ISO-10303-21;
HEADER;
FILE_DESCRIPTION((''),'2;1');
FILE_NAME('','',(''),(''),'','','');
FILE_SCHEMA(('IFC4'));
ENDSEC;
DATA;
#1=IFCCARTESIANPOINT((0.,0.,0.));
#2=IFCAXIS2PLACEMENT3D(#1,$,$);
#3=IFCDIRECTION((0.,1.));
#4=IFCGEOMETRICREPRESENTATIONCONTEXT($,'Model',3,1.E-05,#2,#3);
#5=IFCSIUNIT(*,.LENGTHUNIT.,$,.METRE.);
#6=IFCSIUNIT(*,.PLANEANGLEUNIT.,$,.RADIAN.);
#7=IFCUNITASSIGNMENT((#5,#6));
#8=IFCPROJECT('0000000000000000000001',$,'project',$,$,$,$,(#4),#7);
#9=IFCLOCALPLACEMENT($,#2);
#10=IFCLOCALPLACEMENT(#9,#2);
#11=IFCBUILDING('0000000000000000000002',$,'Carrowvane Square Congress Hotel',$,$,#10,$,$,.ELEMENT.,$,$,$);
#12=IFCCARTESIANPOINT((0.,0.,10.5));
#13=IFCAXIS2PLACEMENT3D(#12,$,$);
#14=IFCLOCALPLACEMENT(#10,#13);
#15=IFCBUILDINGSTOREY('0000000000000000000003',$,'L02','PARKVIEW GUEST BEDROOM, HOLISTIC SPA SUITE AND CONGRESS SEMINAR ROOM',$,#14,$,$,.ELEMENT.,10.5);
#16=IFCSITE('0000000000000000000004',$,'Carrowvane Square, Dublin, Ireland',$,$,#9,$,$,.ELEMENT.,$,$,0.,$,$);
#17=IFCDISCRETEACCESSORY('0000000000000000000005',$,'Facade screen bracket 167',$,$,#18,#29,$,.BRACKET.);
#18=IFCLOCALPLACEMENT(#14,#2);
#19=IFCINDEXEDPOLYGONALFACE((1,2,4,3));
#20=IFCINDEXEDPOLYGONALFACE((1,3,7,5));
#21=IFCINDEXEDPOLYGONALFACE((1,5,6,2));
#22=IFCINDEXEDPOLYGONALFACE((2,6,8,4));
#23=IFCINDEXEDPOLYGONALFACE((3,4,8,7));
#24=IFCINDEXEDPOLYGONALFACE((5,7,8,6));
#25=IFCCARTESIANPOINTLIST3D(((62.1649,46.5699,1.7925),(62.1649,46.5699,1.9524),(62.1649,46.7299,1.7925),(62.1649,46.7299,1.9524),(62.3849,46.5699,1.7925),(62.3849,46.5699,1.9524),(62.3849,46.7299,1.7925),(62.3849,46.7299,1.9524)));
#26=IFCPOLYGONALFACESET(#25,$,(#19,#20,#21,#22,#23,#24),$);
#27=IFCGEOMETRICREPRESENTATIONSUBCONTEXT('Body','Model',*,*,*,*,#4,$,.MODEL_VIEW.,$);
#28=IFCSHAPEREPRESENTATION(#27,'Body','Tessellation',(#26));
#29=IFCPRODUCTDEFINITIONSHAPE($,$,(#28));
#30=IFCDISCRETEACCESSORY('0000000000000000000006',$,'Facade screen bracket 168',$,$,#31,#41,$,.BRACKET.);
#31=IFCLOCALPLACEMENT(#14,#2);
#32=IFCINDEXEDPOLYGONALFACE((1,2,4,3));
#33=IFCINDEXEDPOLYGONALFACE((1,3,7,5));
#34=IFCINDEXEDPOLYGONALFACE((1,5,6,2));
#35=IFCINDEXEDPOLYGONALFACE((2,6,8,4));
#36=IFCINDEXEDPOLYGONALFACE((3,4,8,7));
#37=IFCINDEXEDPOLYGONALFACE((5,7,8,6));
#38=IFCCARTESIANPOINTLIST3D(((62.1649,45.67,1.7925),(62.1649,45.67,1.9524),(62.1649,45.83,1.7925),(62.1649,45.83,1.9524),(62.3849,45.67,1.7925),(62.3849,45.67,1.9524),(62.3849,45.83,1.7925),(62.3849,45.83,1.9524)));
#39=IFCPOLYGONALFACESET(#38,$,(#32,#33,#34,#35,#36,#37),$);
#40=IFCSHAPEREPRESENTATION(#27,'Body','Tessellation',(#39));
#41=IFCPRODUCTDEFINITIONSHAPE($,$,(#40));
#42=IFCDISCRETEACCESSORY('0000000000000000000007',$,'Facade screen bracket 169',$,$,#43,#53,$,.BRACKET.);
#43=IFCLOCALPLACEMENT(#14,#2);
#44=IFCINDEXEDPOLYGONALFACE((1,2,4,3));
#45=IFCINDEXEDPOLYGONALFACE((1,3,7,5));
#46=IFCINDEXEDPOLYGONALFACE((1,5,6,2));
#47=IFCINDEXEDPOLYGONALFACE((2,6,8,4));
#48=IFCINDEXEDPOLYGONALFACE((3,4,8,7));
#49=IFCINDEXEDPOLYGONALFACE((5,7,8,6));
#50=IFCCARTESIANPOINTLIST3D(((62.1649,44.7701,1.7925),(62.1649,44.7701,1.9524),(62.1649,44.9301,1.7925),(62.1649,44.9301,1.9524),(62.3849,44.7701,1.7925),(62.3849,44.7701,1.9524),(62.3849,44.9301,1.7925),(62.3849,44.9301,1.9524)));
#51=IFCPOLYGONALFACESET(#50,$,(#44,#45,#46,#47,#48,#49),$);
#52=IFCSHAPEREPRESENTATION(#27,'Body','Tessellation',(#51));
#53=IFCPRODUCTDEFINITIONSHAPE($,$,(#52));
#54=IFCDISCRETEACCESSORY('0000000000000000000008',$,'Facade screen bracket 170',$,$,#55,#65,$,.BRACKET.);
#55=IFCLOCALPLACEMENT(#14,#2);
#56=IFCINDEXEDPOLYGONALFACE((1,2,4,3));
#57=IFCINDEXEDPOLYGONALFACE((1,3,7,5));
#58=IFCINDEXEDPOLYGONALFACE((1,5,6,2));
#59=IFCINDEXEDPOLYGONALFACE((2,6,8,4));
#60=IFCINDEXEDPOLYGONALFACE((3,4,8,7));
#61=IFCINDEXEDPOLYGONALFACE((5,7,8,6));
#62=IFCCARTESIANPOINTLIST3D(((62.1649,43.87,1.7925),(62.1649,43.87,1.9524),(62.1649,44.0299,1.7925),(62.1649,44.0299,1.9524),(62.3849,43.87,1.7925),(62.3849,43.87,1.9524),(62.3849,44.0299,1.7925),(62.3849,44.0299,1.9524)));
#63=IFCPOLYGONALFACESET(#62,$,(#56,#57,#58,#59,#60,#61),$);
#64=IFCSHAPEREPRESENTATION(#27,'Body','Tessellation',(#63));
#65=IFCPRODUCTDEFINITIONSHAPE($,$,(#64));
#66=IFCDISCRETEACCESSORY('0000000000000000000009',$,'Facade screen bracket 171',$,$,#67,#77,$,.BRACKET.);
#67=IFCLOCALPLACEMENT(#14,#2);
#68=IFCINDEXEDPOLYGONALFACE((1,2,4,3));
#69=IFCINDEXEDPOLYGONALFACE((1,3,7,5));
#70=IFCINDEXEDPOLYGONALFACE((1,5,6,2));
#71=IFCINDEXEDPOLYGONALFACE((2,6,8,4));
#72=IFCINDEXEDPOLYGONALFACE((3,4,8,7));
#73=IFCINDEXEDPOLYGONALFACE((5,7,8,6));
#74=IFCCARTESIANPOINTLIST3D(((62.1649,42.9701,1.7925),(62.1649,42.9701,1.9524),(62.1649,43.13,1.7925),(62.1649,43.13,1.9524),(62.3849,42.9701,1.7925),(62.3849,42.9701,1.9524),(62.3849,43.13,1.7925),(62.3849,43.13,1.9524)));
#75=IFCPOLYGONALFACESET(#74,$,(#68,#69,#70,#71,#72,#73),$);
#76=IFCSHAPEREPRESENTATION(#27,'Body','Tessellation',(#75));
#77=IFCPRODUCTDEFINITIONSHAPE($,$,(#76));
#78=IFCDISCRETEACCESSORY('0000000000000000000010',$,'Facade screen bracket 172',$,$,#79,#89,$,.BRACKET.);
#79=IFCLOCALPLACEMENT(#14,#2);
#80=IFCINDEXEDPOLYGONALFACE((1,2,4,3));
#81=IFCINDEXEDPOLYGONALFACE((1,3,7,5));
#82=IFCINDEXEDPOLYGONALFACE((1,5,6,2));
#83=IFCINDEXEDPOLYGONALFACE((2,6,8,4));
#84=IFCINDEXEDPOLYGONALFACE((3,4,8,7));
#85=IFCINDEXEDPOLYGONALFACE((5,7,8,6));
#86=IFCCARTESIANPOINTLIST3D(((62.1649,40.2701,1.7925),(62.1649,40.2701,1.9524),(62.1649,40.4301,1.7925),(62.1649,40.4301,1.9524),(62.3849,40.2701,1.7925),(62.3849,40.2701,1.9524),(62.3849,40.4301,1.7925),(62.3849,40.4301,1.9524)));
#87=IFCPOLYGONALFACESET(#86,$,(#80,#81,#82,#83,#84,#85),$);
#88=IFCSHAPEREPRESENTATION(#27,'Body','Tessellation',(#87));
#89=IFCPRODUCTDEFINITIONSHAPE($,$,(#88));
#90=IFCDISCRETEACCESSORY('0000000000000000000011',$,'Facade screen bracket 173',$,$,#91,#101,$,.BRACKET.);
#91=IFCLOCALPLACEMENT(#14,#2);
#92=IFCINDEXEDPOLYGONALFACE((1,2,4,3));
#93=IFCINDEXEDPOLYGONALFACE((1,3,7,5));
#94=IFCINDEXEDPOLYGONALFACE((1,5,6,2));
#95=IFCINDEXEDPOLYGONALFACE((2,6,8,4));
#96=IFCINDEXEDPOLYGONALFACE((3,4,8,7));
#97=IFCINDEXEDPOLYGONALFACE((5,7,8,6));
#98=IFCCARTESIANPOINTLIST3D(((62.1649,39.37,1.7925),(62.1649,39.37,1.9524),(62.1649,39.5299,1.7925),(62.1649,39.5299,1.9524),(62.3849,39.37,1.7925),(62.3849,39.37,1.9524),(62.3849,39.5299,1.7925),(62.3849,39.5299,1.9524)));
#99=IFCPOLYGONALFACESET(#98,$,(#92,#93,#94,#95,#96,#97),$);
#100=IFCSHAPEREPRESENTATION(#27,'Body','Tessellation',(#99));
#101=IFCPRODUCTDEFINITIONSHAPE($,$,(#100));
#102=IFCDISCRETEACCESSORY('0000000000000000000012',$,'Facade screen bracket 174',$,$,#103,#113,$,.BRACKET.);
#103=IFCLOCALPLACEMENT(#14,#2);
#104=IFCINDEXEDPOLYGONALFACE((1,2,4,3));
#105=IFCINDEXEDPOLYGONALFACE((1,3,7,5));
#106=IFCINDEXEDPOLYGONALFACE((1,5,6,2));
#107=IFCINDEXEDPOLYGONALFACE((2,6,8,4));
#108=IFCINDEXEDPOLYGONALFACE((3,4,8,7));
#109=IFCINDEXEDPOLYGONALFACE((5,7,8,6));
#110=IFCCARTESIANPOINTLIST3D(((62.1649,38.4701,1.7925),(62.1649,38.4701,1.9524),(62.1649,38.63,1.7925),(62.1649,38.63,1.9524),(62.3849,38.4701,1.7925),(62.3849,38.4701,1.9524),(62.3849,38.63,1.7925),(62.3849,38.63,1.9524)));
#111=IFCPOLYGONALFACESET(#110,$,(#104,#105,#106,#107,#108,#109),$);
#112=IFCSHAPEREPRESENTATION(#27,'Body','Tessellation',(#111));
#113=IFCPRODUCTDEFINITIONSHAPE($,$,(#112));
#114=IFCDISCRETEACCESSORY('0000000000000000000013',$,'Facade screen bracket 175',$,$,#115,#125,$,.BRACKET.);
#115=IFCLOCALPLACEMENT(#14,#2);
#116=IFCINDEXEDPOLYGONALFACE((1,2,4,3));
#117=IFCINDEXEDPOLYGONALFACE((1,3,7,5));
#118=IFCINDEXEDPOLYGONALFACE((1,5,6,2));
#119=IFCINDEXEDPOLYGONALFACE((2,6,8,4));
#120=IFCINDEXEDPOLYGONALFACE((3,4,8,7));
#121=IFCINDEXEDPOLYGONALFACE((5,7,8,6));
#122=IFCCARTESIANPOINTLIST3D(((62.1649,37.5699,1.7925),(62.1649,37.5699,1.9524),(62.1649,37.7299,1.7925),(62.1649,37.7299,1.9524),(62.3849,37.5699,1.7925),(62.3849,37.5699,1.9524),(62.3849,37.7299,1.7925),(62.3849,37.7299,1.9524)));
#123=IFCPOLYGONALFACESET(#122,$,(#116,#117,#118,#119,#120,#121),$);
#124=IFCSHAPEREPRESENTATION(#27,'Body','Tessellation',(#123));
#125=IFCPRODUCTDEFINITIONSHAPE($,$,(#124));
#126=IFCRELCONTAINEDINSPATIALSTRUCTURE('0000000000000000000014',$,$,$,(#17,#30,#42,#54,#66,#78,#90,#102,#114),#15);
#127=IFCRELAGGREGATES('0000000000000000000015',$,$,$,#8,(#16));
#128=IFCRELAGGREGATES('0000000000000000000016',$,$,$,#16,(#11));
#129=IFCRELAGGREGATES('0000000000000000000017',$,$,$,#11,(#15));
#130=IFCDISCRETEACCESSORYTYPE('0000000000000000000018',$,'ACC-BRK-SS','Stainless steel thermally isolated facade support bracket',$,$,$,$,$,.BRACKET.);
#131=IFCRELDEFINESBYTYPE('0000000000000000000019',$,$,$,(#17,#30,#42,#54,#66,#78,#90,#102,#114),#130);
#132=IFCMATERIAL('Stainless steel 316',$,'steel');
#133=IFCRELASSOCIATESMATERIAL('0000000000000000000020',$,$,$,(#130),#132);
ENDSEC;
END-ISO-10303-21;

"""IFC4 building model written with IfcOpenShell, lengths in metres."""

from ifc_helpers import new_model, si_unit, direction, frame, origin, origin_2d, place, context, subcontext, project, spatial, rectangle, extrude, material, type_object, element, save


model = new_model("IFC4")

# Units and contexts
model_context = context("Model", 3, precision=1e-05, world=origin(), true_north=direction((0.0, 1.0)))
body_context = subcontext(model_context, "Body", "Model", "MODEL_VIEW")
ifc_project = project(units=[si_unit("LENGTHUNIT", "METRE"), si_unit("PLANEANGLEUNIT", "RADIAN")], contexts=[model_context])

# Site, building, storey
site_placement = place(None, origin())
site = spatial("IfcSite", under=ifc_project, at=site_placement, Name="Carrowvane Square, Dublin, Ireland", CompositionType="ELEMENT", RefElevation=0.0)
building_placement = place(site_placement, origin())
building = spatial("IfcBuilding", under=site, at=building_placement, Name="Carrowvane Square Congress Hotel", CompositionType="ELEMENT")
storey_placement = place(building_placement, frame((0.0, 0.0, 10.5)))
storey = spatial("IfcBuildingStorey", under=building, at=storey_placement, Name="L02", Description="PARKVIEW GUEST BEDROOM, HOLISTIC SPA SUITE AND CONGRESS SEMINAR ROOM", CompositionType="ELEMENT", Elevation=10.5)

# Discrete accessories
ifc_material_1 = material(Name="Stainless steel 316", Category="steel")
discrete_accessory_type = type_object("IfcDiscreteAccessoryType", Name="ACC-BRK-SS", Description="Stainless steel thermally isolated facade support bracket", PredefinedType="BRACKET", material=ifc_material_1)
for number, where, z_axis, x_axis, name in (
    (1, (62.2749, 46.6499, 1.7925), (0.0, 0.0, 1.0), (0.0, -1.0, 0.0), "Facade screen bracket 167"),
    (2, (62.2749, 45.75, 1.7925), (0.0, 0.0, 1.0), (0.0, -1.0, 0.0), "Facade screen bracket 168"),
    (3, (62.2749, 44.8501, 1.7925), (0.0, 0.0, 1.0), (0.0, -1.0, 0.0), "Facade screen bracket 169"),
    (4, (62.2749, 43.95, 1.7925), (0.0, 0.0, 1.0), (0.0, -1.0, 0.0), "Facade screen bracket 170"),
    (5, (62.2749, 43.05, 1.7925), (0.0, 0.0, 1.0), (0.0, -1.0, 0.0), "Facade screen bracket 171"),
    (6, (62.2749, 40.3501, 1.7925), (0.0, 0.0, 1.0), (0.0, -1.0, 0.0), "Facade screen bracket 172"),
    (7, (62.2749, 39.45, 1.7925), (0.0, 0.0, 1.0), (0.0, -1.0, 0.0), "Facade screen bracket 173"),
    (8, (62.2749, 38.55, 1.7925), (0.0, 0.0, 1.0), (0.0, -1.0, 0.0), "Facade screen bracket 174"),
    (9, (62.2749, 37.6499, 1.7925), (0.0, 0.0, 1.0), (0.0, -1.0, 0.0), "Facade screen bracket 175"),
):
    element("IfcDiscreteAccessory", number, at=place(storey_placement, frame(where, z_axis=z_axis, x_axis=x_axis)), inside=storey, type_object=discrete_accessory_type, Name=name, PredefinedType="BRACKET", context=body_context, shape_type="SweptSolid", body=[
        extrude(rectangle(XDim=0.1599, YDim=0.22, at=origin_2d()), origin(), (0.0, 0.0, 1.0), 0.1599),
    ])

save(model, "model.ifc")
